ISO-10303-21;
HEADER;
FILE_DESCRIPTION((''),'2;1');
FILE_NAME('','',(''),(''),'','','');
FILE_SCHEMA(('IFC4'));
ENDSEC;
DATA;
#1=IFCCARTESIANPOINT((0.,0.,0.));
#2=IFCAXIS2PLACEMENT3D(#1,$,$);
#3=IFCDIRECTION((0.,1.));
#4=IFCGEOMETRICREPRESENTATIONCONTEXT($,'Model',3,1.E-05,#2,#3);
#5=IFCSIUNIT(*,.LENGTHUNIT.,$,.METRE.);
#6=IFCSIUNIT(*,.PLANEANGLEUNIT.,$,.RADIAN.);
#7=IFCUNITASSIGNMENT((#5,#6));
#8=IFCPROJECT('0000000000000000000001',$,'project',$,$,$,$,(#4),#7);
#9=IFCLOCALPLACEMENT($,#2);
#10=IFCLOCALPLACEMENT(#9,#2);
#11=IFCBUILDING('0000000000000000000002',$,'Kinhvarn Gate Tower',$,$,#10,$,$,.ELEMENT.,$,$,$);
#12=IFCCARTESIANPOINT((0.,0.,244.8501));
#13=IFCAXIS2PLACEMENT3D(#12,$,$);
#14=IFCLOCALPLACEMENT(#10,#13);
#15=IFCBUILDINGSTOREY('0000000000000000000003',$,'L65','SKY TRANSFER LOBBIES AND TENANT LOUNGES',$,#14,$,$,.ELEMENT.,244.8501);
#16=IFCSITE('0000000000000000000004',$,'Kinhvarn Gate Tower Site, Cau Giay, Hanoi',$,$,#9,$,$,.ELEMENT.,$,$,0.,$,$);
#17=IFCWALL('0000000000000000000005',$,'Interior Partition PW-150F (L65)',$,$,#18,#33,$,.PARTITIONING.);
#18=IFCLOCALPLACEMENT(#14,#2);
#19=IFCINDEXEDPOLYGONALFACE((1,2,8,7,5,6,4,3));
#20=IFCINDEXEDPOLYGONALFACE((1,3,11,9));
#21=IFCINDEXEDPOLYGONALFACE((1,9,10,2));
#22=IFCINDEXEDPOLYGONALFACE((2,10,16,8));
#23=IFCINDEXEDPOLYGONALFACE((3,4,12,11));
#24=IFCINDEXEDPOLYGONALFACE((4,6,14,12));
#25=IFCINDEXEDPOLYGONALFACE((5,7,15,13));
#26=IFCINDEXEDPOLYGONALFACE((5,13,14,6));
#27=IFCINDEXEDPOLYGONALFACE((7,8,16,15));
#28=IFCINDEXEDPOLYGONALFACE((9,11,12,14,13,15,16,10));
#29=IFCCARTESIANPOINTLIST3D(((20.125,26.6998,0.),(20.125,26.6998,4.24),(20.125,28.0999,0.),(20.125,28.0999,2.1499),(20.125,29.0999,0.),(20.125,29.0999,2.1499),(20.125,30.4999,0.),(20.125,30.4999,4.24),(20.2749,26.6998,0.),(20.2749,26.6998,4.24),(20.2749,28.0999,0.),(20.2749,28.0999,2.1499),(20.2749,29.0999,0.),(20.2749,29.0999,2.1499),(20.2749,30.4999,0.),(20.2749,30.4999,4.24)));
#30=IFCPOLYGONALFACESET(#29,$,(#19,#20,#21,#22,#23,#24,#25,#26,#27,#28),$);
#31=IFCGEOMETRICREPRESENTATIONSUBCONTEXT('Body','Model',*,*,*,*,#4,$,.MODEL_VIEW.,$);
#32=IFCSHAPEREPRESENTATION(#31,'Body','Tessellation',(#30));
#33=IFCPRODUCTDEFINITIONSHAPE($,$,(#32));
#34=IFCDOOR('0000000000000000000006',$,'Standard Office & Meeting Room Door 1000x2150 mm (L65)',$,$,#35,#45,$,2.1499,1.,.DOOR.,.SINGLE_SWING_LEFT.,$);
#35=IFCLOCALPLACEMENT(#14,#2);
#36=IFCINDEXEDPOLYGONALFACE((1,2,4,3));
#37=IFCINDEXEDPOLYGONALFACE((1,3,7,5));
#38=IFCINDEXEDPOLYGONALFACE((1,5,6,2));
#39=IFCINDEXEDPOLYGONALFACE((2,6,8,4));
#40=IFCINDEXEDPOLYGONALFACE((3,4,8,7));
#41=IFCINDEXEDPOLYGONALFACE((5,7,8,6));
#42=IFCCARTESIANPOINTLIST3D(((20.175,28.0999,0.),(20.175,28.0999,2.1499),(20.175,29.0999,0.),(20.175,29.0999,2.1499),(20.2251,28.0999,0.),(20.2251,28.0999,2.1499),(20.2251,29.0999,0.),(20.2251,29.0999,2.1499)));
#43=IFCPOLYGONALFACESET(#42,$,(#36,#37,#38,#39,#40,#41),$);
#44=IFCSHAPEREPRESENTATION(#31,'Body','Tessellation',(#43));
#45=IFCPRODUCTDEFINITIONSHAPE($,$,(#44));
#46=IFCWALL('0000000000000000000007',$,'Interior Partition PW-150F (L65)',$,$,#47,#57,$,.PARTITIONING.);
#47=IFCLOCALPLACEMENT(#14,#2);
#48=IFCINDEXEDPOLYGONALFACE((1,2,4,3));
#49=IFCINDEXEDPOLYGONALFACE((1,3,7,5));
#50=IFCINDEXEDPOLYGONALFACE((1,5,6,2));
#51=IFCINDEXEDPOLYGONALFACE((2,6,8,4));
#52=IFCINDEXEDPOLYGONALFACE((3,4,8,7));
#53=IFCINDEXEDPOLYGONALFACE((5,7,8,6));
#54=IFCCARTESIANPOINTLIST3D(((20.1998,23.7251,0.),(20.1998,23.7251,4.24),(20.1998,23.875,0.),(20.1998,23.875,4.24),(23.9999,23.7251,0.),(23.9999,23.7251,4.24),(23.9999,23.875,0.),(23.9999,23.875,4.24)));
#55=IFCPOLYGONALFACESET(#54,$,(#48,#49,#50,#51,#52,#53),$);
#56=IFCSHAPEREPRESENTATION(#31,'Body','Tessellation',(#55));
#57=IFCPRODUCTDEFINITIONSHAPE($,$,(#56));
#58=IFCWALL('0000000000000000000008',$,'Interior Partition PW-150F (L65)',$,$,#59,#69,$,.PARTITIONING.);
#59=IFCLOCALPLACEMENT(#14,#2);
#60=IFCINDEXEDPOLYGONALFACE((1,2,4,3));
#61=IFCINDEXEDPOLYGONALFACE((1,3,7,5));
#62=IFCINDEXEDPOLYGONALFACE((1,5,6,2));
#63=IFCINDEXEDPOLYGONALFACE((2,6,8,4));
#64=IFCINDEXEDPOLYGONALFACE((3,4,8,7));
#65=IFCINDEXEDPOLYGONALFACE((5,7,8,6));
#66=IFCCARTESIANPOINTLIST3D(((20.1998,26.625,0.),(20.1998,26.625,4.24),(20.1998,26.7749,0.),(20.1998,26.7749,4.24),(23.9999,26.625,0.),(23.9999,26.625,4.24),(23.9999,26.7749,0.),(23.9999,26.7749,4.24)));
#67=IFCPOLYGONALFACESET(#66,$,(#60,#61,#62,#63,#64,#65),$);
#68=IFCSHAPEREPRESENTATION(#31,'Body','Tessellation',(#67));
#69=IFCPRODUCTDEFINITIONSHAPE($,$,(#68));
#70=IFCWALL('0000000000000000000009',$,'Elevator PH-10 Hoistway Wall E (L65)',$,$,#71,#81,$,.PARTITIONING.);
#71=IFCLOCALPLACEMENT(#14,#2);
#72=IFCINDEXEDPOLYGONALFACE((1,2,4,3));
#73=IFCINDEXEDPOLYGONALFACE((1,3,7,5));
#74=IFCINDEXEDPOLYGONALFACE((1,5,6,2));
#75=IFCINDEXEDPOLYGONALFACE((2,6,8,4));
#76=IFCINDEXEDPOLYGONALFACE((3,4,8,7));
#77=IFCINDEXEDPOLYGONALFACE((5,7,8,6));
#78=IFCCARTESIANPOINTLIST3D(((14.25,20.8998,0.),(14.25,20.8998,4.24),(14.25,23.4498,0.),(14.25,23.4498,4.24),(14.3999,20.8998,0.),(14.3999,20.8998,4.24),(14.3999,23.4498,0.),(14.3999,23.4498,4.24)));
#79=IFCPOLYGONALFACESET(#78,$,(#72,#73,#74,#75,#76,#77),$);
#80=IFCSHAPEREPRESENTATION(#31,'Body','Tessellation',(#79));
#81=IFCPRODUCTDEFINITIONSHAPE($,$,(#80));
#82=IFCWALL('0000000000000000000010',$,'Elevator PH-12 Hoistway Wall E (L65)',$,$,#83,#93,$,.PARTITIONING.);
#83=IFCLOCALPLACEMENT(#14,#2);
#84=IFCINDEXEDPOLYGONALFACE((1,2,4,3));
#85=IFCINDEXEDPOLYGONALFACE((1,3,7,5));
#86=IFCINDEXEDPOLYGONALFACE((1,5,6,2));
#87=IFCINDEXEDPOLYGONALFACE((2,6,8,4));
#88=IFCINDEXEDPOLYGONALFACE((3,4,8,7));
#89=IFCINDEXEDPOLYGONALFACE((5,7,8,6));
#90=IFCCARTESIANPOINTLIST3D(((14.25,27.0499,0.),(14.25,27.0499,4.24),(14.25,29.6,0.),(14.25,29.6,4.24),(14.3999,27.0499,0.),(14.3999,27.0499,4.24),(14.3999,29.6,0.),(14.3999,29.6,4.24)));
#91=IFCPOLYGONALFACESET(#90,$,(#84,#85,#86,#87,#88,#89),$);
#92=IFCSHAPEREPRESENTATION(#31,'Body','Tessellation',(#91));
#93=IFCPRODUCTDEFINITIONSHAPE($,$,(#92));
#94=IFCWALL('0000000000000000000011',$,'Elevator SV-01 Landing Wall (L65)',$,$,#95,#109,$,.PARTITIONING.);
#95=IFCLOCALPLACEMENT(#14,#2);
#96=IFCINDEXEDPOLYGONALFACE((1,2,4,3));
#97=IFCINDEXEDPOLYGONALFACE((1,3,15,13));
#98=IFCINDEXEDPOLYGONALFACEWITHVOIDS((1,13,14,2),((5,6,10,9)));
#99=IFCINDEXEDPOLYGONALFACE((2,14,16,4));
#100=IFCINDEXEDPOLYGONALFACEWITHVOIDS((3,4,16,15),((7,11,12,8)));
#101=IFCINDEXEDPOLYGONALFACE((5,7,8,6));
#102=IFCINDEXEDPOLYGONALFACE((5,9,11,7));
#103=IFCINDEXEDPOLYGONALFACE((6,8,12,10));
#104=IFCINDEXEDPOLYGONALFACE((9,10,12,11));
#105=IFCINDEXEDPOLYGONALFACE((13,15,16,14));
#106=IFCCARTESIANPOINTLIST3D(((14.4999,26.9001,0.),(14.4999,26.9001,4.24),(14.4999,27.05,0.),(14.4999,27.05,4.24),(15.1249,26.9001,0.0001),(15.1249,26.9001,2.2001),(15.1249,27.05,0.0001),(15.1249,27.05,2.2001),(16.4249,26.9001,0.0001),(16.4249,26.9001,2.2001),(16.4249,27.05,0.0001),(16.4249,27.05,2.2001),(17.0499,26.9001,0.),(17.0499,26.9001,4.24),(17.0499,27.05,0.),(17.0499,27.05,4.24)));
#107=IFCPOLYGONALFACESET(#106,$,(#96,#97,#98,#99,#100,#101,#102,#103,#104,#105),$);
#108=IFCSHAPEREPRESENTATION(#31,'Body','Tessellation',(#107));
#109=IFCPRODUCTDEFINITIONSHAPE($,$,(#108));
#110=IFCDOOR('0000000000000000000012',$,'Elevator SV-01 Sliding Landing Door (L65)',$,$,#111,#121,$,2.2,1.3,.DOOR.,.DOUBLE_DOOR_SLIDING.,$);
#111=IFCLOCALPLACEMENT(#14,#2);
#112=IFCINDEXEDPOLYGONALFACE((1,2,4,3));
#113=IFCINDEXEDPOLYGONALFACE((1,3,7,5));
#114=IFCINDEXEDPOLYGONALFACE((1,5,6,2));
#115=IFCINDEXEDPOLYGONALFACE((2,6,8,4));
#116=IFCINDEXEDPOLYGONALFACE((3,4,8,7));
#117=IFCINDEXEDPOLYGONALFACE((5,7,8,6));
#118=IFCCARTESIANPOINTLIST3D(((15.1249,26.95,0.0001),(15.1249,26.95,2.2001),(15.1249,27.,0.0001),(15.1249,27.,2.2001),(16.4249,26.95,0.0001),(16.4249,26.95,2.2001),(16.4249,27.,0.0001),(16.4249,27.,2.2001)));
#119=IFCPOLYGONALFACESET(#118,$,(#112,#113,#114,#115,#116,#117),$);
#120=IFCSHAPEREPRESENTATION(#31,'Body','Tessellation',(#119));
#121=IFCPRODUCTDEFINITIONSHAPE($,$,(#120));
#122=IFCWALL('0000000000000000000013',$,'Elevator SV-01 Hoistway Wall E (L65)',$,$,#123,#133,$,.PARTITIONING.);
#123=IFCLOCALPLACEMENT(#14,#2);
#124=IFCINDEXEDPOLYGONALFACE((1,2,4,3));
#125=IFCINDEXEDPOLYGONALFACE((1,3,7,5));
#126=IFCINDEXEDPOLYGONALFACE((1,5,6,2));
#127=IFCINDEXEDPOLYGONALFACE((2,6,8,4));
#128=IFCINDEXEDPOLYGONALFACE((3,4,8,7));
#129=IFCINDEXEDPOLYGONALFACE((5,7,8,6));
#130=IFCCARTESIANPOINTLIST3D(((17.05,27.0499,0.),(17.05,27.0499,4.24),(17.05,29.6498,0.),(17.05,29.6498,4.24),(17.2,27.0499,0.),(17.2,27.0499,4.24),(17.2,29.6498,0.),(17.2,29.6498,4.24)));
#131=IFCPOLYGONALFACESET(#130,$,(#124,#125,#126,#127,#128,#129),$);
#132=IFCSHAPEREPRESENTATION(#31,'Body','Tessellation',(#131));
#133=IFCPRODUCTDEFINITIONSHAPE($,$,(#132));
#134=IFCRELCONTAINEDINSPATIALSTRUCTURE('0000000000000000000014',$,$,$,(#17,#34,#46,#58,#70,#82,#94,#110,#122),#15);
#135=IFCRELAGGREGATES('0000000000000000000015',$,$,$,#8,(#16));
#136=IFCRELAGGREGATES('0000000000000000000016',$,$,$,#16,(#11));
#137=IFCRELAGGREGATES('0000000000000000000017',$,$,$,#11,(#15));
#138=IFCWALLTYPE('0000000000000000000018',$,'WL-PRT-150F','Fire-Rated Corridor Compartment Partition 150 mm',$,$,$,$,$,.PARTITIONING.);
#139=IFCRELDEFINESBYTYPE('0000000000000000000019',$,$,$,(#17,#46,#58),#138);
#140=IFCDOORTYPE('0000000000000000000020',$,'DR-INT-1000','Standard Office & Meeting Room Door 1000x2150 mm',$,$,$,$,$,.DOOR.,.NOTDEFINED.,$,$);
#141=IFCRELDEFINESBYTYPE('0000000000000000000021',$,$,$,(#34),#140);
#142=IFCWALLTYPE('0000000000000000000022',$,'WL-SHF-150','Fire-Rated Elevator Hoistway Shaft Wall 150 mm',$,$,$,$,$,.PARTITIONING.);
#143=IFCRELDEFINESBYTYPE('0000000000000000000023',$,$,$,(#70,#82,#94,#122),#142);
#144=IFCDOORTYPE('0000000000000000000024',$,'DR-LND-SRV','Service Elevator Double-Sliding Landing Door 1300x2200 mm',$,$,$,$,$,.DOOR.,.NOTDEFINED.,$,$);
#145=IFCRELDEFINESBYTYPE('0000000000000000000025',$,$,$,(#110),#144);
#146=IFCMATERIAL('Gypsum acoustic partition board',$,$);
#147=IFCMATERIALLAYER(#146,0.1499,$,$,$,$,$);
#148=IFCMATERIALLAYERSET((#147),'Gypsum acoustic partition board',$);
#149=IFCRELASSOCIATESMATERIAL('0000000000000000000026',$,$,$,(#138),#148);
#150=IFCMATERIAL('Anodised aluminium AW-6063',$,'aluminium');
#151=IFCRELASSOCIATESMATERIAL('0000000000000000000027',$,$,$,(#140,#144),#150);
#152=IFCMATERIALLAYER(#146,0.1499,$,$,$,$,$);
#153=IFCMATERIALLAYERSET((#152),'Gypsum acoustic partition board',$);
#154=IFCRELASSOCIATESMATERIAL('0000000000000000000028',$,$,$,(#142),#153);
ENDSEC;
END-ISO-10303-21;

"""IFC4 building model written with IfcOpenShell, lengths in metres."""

from ifc_helpers import new_model, si_unit, direction, frame, frame_2d, origin, place, context, subcontext, project, spatial, rectangle, extrude, material, layer, layer_set, type_object, element, fill, save


model = new_model("IFC4")

# Units and contexts
model_context = context("Model", 3, precision=1e-05, world=origin(), true_north=direction((0.0, 1.0)))
body_context = subcontext(model_context, "Body", "Model", "MODEL_VIEW")
ifc_project = project(units=[si_unit("LENGTHUNIT", "METRE"), si_unit("PLANEANGLEUNIT", "RADIAN")], contexts=[model_context])

# Site, building, storey
site_placement = place(None, origin())
site = spatial("IfcSite", under=ifc_project, at=site_placement, Name="Kinhvarn Gate Tower Site, Cau Giay, Hanoi", CompositionType="ELEMENT", RefElevation=0.0)
building_placement = place(site_placement, origin())
building = spatial("IfcBuilding", under=site, at=building_placement, Name="Kinhvarn Gate Tower", CompositionType="ELEMENT")
storey_placement = place(building_placement, frame((0.0, 0.0, 244.8501)))
storey = spatial("IfcBuildingStorey", under=building, at=storey_placement, Name="L65", Description="SKY TRANSFER LOBBIES AND TENANT LOUNGES", CompositionType="ELEMENT", Elevation=244.8501)

# Shared definitions
ifc_material_1 = material(Name="Anodised aluminium AW-6063", Category="aluminium")

# Shared definitions
ifc_material_2 = material(Name="Gypsum acoustic partition board")

# Shared definitions
ifc_layer_1 = layer(ifc_material_2, 0.1499)
ifc_layer_set_1 = layer_set([ifc_layer_1], Name="Gypsum acoustic partition board")
wall_type_1 = type_object("IfcWallType", Name="WL-PRT-150F", Description="Fire-Rated Corridor Compartment Partition 150 mm", PredefinedType="PARTITIONING", material=ifc_layer_set_1)

# Wall, opening, door
door_type_1 = type_object("IfcDoorType", Name="DR-INT-1000", Description="Standard Office & Meeting Room Door 1000x2150 mm", OperationType="NOTDEFINED", PredefinedType="DOOR", material=ifc_material_1)
wall_1_placement = place(storey_placement, frame((20.2, 26.7, 0.0), z_axis=(0.0, 0.0, 1.0), x_axis=(0.0, 1.0, 0.0)))
wall_1 = element("IfcWall", 1, at=wall_1_placement, inside=storey, type_object=wall_type_1, Name="Interior Partition PW-150F (L65)", PredefinedType="PARTITIONING", context=body_context, shape_type="SweptSolid", body=[
    extrude(rectangle(XDim=3.8, YDim=0.1499, at=frame_2d((1.8999, 0.0))), origin(), (0.0, 0.0, 1.0), 4.24),
])
opening_1_placement = place(wall_1_placement, frame((1.3999, 0.0, 0.0)))
opening_1 = element("IfcOpeningElement", 2, at=opening_1_placement, cuts=wall_1, PredefinedType="OPENING", context=body_context, shape_type="SweptSolid", body=[
    extrude(rectangle(XDim=1.0, YDim=2.1499, at=frame_2d((0.5, 1.075))), frame((0.0, 0.085, 0.0), z_axis=(0.0, -1.0, 0.0), x_axis=(1.0, 0.0, 0.0)), (0.0, 0.0, 1.0), 0.1699),
])
door_1_placement = place(opening_1_placement, origin())
door_1 = element("IfcDoor", 3, at=door_1_placement, inside=storey, type_object=door_type_1, Name="Standard Office & Meeting Room Door 1000x2150 mm (L65)", OperationType="SINGLE_SWING_LEFT", OverallHeight=2.1499, OverallWidth=1.0, PredefinedType="DOOR", context=body_context, shape_type="SweptSolid", body=[
    extrude(rectangle(XDim=1.0, YDim=2.1499, at=frame_2d((0.5, 1.075))), frame((0.0, 0.0249, 0.0), z_axis=(0.0, -1.0, 0.0), x_axis=(1.0, 0.0, 0.0)), (0.0, 0.0, 1.0), 0.05),
])
fill(opening_1, door_1)

# Walls
for number, where, z_axis, x_axis, name in (
    (4, (20.2, 23.8, 0.0), (0.0, 0.0, 1.0), (1.0, 0.0, 0.0), "Interior Partition PW-150F (L65)"),
    (5, (20.2, 26.7, 0.0), (0.0, 0.0, 1.0), (1.0, 0.0, 0.0), "Interior Partition PW-150F (L65)"),
):
    element("IfcWall", number, at=place(storey_placement, frame(where, z_axis=z_axis, x_axis=x_axis)), inside=storey, type_object=wall_type_1, Name=name, PredefinedType="PARTITIONING", context=body_context, shape_type="SweptSolid", body=[
        extrude(rectangle(XDim=3.8, YDim=0.1499, at=frame_2d((1.8999, 0.0))), origin(), (0.0, 0.0, 1.0), 4.24),
    ])
ifc_layer_2 = layer(ifc_material_2, 0.1499)
ifc_layer_set_2 = layer_set([ifc_layer_2], Name="Gypsum acoustic partition board")
wall_type_2 = type_object("IfcWallType", Name="WL-SHF-150", Description="Fire-Rated Elevator Hoistway Shaft Wall 150 mm", PredefinedType="PARTITIONING", material=ifc_layer_set_2)
for number, where, z_axis, x_axis, name in (
    (6, (14.325, 20.8999, 0.0), (0.0, 0.0, 1.0), (0.0, 1.0, 0.0), "Elevator PH-10 Hoistway Wall E (L65)"),
    (7, (14.325, 27.05, 0.0), (0.0, 0.0, 1.0), (0.0, 1.0, 0.0), "Elevator PH-12 Hoistway Wall E (L65)"),
):
    element("IfcWall", number, at=place(storey_placement, frame(where, z_axis=z_axis, x_axis=x_axis)), inside=storey, type_object=wall_type_2, Name=name, PredefinedType="PARTITIONING", context=body_context, shape_type="SweptSolid", body=[
        extrude(rectangle(XDim=2.55, YDim=0.1499, at=frame_2d((1.2749, 0.0))), origin(), (0.0, 0.0, 1.0), 4.24),
    ])

# Wall, opening, door
wall_2_placement = place(storey_placement, frame((14.5, 26.9751, 0.0), z_axis=(0.0, 0.0, 1.0), x_axis=(1.0, 0.0, 0.0)))
wall_2 = element("IfcWall", 8, at=wall_2_placement, inside=storey, type_object=wall_type_2, Name="Elevator SV-01 Landing Wall (L65)", PredefinedType="PARTITIONING", context=body_context, shape_type="SweptSolid", body=[
    extrude(rectangle(XDim=2.55, YDim=0.1499, at=frame_2d((1.2749, 0.0))), origin(), (0.0, 0.0, 1.0), 4.24),
])
opening_2_placement = place(wall_2_placement, frame((0.625, 0.0, 0.0)))
opening_2 = element("IfcOpeningElement", 9, at=opening_2_placement, cuts=wall_2, PredefinedType="OPENING", context=body_context, shape_type="SweptSolid", body=[
    extrude(rectangle(XDim=1.3, YDim=2.2, at=frame_2d((0.6499, 1.1001))), frame((0.0, 0.085, 0.0), z_axis=(0.0, -1.0, 0.0), x_axis=(1.0, 0.0, 0.0)), (0.0, 0.0, 1.0), 0.1699),
])
door_type_2 = type_object("IfcDoorType", Name="DR-LND-SRV", Description="Service Elevator Double-Sliding Landing Door 1300x2200 mm", OperationType="NOTDEFINED", PredefinedType="DOOR", material=ifc_material_1)
door_2_placement = place(opening_2_placement, origin())
door_2 = element("IfcDoor", 10, at=door_2_placement, inside=storey, type_object=door_type_2, Name="Elevator SV-01 Sliding Landing Door (L65)", OperationType="DOUBLE_DOOR_SLIDING", OverallHeight=2.2, OverallWidth=1.3, PredefinedType="DOOR", context=body_context, shape_type="SweptSolid", body=[
    extrude(rectangle(XDim=1.3, YDim=2.2, at=frame_2d((0.6499, 1.1001))), frame((0.0, 0.0249, 0.0), z_axis=(0.0, -1.0, 0.0), x_axis=(1.0, 0.0, 0.0)), (0.0, 0.0, 1.0), 0.05),
])
fill(opening_2, door_2)

# Wall
wall_3_placement = place(storey_placement, frame((17.125, 27.05, 0.0), z_axis=(0.0, 0.0, 1.0), x_axis=(0.0, 1.0, 0.0)))
element("IfcWall", 11, at=wall_3_placement, inside=storey, type_object=wall_type_2, Name="Elevator SV-01 Hoistway Wall E (L65)", PredefinedType="PARTITIONING", context=body_context, shape_type="SweptSolid", body=[
    extrude(rectangle(XDim=2.5999, YDim=0.1499, at=frame_2d((1.2998, 0.0))), origin(), (0.0, 0.0, 1.0), 4.24),
])

save(model, "model.ifc")
